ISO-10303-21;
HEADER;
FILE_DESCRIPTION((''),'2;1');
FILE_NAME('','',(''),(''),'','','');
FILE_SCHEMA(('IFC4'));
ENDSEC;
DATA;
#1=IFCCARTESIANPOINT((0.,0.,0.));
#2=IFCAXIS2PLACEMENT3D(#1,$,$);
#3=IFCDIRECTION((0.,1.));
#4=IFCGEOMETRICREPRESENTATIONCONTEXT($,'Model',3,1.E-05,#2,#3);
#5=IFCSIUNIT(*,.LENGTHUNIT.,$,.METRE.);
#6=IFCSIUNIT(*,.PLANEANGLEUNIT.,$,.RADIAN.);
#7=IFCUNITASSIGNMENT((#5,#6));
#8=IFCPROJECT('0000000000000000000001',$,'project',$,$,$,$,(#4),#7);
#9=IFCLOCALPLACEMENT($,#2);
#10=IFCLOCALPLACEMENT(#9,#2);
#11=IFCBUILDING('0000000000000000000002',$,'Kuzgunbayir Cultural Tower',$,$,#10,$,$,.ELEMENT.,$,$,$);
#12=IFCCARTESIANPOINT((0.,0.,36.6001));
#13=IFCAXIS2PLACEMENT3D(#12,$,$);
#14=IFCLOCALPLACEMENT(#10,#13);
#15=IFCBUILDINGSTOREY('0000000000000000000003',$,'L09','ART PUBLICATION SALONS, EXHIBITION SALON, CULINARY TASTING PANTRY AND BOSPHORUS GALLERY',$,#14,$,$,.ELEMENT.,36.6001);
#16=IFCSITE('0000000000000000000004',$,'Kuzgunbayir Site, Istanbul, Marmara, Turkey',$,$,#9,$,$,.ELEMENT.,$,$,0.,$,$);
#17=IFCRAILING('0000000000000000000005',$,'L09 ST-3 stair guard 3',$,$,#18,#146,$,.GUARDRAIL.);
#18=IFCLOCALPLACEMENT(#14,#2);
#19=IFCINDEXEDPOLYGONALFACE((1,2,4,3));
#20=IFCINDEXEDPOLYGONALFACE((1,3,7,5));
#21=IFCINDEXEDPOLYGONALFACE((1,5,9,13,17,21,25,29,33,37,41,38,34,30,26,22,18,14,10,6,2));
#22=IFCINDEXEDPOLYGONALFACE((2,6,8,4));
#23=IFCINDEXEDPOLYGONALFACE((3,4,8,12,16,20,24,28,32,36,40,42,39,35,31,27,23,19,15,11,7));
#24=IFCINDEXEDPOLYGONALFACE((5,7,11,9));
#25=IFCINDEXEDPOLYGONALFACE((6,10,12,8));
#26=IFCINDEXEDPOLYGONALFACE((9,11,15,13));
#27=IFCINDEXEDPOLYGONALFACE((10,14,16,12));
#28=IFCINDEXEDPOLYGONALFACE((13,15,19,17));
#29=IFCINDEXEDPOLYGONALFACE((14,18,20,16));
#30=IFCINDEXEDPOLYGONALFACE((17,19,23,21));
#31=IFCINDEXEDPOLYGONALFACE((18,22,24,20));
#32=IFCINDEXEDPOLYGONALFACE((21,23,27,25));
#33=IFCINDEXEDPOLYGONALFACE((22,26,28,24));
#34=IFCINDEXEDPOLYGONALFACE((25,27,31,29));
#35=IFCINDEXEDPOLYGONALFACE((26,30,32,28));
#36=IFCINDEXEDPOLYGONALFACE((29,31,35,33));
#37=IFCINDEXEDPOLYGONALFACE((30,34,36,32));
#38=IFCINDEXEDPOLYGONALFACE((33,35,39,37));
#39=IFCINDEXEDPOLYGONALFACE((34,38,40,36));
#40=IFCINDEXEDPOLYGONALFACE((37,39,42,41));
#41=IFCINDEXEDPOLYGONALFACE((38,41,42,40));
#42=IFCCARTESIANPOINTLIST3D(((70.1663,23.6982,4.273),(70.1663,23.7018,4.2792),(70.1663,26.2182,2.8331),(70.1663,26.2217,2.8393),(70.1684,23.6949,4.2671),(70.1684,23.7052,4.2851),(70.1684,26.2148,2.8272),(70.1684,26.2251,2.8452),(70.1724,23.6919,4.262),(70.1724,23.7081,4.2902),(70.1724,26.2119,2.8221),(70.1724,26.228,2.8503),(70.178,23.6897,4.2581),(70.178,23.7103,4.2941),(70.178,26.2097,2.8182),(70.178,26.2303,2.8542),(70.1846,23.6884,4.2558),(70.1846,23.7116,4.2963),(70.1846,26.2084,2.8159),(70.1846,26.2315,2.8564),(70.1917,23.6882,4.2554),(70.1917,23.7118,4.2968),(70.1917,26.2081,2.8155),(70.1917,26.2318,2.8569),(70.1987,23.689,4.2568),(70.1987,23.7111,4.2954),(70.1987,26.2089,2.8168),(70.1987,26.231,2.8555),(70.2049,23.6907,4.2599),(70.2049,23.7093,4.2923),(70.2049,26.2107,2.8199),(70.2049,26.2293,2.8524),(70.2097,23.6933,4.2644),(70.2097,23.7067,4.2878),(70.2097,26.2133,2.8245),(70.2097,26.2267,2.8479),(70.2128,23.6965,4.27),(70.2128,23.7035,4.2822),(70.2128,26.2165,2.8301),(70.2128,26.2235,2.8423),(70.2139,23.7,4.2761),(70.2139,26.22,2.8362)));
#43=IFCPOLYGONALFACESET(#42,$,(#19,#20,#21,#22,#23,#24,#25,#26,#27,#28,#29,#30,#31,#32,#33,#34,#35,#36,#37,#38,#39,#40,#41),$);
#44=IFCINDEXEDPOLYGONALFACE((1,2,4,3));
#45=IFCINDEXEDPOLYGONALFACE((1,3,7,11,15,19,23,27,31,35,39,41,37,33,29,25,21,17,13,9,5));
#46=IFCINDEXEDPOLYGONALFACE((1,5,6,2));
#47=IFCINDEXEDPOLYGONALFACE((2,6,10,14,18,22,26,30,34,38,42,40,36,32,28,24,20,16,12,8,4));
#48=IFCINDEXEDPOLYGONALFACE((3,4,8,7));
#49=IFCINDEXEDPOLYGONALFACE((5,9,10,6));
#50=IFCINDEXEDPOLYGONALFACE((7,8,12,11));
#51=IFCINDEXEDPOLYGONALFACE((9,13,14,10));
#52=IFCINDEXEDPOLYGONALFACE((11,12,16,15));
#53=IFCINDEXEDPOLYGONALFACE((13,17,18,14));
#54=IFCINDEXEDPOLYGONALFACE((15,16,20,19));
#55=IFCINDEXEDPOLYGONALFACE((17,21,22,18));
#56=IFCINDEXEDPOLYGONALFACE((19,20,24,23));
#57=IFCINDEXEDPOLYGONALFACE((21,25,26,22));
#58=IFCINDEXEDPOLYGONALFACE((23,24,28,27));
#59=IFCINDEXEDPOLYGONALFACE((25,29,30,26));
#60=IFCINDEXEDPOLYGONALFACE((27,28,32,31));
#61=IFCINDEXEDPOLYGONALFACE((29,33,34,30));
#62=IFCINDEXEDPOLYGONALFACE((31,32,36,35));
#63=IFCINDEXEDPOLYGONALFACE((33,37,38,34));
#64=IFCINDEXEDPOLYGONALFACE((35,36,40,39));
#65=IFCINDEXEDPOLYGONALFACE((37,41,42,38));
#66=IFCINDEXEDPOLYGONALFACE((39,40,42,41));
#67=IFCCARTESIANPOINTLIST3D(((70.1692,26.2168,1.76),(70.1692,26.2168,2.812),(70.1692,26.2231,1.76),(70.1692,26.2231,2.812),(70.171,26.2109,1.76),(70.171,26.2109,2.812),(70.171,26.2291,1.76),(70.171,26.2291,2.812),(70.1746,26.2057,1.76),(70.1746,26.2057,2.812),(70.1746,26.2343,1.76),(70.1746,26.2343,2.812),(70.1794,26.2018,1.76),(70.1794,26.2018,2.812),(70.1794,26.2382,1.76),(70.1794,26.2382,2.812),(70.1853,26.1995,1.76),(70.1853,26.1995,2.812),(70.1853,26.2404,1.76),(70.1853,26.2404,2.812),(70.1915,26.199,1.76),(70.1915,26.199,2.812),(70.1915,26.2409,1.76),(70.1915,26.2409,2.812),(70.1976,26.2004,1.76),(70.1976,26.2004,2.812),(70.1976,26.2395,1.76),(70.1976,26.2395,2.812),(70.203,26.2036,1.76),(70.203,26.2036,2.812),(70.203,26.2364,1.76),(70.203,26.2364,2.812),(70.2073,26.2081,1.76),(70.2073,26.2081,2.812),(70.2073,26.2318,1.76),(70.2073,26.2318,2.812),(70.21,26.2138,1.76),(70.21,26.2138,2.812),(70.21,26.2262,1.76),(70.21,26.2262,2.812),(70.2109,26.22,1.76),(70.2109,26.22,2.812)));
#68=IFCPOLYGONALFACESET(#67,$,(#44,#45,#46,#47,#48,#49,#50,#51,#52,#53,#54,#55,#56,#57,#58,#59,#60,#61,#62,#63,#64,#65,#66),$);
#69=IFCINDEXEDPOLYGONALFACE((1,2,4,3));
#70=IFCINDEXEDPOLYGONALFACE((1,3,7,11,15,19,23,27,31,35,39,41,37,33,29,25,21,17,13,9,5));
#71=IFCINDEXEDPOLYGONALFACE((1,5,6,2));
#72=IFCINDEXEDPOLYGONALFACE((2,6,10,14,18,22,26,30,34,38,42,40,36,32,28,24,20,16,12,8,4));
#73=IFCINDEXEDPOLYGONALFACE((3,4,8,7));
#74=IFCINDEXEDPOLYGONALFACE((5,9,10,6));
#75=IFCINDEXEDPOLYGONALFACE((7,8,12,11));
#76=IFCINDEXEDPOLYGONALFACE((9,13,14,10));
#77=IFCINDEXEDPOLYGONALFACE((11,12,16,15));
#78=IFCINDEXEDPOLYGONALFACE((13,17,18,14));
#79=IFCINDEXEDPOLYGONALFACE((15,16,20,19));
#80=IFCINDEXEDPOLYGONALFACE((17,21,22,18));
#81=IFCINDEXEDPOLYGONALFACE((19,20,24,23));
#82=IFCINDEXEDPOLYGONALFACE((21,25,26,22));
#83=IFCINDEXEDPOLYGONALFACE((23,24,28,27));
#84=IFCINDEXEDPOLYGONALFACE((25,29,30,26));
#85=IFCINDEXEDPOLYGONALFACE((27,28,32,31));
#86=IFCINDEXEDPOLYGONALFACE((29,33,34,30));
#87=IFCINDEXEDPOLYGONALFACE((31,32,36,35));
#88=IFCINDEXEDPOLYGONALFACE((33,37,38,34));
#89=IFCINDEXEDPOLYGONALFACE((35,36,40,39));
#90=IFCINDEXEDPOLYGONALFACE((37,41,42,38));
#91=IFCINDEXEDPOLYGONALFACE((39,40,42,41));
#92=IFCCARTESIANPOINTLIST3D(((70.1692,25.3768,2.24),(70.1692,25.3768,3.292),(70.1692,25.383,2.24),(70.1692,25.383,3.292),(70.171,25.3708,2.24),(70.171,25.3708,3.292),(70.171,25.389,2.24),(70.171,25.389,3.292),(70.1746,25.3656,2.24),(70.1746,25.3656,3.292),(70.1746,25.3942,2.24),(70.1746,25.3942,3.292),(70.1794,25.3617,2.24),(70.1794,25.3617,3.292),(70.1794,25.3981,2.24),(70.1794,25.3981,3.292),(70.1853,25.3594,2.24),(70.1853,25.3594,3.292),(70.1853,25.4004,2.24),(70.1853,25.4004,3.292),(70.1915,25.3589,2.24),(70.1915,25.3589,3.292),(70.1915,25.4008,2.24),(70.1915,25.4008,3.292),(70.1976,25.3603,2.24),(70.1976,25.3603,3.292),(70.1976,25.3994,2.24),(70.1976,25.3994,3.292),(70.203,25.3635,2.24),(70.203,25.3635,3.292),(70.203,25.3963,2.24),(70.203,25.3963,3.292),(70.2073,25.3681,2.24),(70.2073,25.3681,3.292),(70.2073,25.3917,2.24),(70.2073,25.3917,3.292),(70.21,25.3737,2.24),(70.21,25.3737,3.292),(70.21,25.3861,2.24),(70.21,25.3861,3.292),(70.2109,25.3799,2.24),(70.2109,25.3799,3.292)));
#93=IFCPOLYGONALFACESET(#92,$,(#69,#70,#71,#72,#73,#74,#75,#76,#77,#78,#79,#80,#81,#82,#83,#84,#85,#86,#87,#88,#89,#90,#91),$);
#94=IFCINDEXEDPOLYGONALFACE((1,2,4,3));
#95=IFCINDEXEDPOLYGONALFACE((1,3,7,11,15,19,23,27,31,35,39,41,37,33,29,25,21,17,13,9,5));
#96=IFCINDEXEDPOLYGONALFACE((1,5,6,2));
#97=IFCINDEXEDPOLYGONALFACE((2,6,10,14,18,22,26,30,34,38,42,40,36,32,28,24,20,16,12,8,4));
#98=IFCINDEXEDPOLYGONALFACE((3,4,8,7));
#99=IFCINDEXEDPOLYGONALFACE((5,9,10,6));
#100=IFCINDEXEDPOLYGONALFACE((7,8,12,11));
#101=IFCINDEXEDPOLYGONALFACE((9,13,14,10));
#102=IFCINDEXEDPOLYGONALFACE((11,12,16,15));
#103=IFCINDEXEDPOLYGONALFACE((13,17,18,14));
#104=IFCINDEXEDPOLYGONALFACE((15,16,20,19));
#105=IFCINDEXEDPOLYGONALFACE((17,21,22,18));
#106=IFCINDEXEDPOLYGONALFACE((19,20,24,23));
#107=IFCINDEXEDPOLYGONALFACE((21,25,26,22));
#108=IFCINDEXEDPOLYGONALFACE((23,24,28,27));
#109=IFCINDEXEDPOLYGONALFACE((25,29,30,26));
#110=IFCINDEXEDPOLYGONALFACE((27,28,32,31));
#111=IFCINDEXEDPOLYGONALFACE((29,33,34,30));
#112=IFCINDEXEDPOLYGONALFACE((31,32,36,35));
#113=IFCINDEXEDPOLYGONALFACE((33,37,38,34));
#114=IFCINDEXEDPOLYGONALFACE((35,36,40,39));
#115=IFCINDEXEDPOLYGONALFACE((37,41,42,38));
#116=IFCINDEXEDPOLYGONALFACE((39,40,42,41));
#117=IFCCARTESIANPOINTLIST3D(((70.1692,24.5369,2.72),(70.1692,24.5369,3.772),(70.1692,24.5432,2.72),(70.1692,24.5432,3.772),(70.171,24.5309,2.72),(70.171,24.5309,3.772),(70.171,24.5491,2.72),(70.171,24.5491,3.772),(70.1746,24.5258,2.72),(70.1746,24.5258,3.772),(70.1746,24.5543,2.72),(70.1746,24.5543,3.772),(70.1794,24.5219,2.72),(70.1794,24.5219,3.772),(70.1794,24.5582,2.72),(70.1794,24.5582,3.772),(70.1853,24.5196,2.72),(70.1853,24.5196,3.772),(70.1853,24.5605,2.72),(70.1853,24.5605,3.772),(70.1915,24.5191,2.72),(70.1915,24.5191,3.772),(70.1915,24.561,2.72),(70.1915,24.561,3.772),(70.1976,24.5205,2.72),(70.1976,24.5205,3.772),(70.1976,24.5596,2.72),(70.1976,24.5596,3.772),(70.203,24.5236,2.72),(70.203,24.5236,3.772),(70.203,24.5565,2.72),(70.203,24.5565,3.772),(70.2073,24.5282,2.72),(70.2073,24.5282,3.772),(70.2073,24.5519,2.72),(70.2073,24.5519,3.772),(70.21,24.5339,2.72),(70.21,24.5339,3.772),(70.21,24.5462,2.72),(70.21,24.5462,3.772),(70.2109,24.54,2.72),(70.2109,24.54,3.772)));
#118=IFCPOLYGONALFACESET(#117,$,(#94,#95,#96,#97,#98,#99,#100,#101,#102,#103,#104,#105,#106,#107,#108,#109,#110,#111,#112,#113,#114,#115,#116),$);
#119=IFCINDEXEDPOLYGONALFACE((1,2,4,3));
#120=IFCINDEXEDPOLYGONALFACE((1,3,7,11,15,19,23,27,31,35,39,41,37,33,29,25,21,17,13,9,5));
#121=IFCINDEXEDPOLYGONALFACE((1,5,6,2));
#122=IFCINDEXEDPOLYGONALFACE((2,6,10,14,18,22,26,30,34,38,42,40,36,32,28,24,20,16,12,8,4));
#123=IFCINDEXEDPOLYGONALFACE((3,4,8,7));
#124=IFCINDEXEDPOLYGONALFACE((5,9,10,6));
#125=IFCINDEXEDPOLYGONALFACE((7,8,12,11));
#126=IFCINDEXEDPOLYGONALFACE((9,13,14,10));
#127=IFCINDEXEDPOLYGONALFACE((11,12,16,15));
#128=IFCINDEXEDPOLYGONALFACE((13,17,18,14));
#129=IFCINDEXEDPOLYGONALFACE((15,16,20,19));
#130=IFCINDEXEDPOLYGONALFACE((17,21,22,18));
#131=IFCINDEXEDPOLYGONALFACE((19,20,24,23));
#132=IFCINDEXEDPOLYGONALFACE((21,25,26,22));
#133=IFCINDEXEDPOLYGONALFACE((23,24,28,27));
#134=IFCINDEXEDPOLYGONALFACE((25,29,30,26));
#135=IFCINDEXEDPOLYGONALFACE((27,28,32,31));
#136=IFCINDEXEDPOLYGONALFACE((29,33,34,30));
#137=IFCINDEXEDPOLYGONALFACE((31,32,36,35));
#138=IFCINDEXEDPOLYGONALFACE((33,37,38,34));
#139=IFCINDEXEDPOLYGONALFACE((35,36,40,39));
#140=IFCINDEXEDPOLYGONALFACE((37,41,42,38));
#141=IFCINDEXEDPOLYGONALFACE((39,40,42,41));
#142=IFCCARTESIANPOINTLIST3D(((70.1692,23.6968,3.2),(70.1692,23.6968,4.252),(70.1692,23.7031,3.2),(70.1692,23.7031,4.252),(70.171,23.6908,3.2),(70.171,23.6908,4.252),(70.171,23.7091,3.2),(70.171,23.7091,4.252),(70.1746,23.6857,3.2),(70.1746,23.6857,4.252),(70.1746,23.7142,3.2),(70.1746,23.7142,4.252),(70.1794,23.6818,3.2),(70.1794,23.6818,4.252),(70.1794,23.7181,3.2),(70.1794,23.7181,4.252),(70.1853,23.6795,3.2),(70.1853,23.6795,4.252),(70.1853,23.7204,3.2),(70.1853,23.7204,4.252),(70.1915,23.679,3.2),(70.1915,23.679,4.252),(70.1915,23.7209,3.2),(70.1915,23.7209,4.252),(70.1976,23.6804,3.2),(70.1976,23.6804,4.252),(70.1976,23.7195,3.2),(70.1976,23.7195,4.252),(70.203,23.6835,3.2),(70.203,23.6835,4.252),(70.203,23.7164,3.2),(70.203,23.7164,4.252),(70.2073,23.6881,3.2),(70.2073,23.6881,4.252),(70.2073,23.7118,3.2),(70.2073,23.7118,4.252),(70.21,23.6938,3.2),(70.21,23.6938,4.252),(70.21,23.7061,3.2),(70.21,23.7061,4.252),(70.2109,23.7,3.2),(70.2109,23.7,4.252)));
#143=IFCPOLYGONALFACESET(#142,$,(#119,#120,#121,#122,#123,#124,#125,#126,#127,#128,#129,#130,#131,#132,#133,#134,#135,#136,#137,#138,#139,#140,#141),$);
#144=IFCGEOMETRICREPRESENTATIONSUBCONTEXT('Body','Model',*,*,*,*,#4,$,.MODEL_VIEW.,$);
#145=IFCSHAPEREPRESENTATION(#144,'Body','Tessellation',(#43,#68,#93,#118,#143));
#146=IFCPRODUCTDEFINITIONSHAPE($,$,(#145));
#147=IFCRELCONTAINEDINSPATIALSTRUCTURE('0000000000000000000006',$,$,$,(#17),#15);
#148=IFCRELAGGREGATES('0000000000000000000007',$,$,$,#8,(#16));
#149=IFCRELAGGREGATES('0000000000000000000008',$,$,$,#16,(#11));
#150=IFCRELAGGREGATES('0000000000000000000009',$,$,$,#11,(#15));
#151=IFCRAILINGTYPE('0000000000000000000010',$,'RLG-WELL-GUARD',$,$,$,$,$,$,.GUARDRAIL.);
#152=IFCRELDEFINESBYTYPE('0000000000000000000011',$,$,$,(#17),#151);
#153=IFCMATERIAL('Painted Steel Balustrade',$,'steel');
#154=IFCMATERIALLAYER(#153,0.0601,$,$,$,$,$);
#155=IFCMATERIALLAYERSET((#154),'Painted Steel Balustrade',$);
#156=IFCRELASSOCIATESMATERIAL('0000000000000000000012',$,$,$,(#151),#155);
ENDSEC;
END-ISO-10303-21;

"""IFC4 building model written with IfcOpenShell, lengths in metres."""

from ifc_helpers import new_model, si_unit, direction, frame, origin, origin_2d, place, context, subcontext, project, spatial, circle, extrude, material, layer, layer_set, type_object, element, save


model = new_model("IFC4")

# Units and contexts
model_context = context("Model", 3, precision=1e-05, world=origin(), true_north=direction((0.0, 1.0)))
body_context = subcontext(model_context, "Body", "Model", "MODEL_VIEW")
ifc_project = project(units=[si_unit("LENGTHUNIT", "METRE"), si_unit("PLANEANGLEUNIT", "RADIAN")], contexts=[model_context])

# Site, building, storey
site_placement = place(None, origin())
site = spatial("IfcSite", under=ifc_project, at=site_placement, Name="Kuzgunbayir Site, Istanbul, Marmara, Turkey", CompositionType="ELEMENT", RefElevation=0.0)
building_placement = place(site_placement, origin())
building = spatial("IfcBuilding", under=site, at=building_placement, Name="Kuzgunbayir Cultural Tower", CompositionType="ELEMENT")
storey_placement = place(building_placement, frame((0.0, 0.0, 36.6001)))
storey = spatial("IfcBuildingStorey", under=building, at=storey_placement, Name="L09", Description="ART PUBLICATION SALONS, EXHIBITION SALON, CULINARY TASTING PANTRY AND BOSPHORUS GALLERY", CompositionType="ELEMENT", Elevation=36.6001)

# Railing
ifc_material_1 = material(Name="Painted Steel Balustrade", Category="steel")
ifc_layer_1 = layer(ifc_material_1, 0.0601)
ifc_layer_set_1 = layer_set([ifc_layer_1], Name="Painted Steel Balustrade")
railing_type_1 = type_object("IfcRailingType", Name="RLG-WELL-GUARD", PredefinedType="GUARDRAIL", material=ifc_layer_set_1)
railing_1_placement = place(storey_placement, frame((70.1899, 26.22, 1.76)))
element("IfcRailing", 1, at=railing_1_placement, inside=storey, type_object=railing_type_1, Name="L09 ST-3 stair guard 3", PredefinedType="GUARDRAIL", context=body_context, shape_type="SweptSolid", body=[
    extrude(circle(Radius=0.0239, at=origin_2d()), frame((0.0, 0.0, 1.0762), z_axis=(0.0, -0.868253, 0.496121), x_axis=(1.0, 0.0, 0.0)), (0.0, 0.0, 1.0), 2.9023),
    extrude(circle(Radius=0.021, at=origin_2d()), origin(), (0.0, 0.0, 1.0), 1.052),
    extrude(circle(Radius=0.021, at=origin_2d()), frame((0.0, -0.8401, 0.48)), (0.0, 0.0, 1.0), 1.052),
    extrude(circle(Radius=0.021, at=origin_2d()), frame((0.0, -1.6799, 0.96)), (0.0, 0.0, 1.0), 1.052),
    extrude(circle(Radius=0.021, at=origin_2d()), frame((0.0, -2.52, 1.4399)), (0.0, 0.0, 1.0), 1.052),
])

save(model, "model.ifc")
